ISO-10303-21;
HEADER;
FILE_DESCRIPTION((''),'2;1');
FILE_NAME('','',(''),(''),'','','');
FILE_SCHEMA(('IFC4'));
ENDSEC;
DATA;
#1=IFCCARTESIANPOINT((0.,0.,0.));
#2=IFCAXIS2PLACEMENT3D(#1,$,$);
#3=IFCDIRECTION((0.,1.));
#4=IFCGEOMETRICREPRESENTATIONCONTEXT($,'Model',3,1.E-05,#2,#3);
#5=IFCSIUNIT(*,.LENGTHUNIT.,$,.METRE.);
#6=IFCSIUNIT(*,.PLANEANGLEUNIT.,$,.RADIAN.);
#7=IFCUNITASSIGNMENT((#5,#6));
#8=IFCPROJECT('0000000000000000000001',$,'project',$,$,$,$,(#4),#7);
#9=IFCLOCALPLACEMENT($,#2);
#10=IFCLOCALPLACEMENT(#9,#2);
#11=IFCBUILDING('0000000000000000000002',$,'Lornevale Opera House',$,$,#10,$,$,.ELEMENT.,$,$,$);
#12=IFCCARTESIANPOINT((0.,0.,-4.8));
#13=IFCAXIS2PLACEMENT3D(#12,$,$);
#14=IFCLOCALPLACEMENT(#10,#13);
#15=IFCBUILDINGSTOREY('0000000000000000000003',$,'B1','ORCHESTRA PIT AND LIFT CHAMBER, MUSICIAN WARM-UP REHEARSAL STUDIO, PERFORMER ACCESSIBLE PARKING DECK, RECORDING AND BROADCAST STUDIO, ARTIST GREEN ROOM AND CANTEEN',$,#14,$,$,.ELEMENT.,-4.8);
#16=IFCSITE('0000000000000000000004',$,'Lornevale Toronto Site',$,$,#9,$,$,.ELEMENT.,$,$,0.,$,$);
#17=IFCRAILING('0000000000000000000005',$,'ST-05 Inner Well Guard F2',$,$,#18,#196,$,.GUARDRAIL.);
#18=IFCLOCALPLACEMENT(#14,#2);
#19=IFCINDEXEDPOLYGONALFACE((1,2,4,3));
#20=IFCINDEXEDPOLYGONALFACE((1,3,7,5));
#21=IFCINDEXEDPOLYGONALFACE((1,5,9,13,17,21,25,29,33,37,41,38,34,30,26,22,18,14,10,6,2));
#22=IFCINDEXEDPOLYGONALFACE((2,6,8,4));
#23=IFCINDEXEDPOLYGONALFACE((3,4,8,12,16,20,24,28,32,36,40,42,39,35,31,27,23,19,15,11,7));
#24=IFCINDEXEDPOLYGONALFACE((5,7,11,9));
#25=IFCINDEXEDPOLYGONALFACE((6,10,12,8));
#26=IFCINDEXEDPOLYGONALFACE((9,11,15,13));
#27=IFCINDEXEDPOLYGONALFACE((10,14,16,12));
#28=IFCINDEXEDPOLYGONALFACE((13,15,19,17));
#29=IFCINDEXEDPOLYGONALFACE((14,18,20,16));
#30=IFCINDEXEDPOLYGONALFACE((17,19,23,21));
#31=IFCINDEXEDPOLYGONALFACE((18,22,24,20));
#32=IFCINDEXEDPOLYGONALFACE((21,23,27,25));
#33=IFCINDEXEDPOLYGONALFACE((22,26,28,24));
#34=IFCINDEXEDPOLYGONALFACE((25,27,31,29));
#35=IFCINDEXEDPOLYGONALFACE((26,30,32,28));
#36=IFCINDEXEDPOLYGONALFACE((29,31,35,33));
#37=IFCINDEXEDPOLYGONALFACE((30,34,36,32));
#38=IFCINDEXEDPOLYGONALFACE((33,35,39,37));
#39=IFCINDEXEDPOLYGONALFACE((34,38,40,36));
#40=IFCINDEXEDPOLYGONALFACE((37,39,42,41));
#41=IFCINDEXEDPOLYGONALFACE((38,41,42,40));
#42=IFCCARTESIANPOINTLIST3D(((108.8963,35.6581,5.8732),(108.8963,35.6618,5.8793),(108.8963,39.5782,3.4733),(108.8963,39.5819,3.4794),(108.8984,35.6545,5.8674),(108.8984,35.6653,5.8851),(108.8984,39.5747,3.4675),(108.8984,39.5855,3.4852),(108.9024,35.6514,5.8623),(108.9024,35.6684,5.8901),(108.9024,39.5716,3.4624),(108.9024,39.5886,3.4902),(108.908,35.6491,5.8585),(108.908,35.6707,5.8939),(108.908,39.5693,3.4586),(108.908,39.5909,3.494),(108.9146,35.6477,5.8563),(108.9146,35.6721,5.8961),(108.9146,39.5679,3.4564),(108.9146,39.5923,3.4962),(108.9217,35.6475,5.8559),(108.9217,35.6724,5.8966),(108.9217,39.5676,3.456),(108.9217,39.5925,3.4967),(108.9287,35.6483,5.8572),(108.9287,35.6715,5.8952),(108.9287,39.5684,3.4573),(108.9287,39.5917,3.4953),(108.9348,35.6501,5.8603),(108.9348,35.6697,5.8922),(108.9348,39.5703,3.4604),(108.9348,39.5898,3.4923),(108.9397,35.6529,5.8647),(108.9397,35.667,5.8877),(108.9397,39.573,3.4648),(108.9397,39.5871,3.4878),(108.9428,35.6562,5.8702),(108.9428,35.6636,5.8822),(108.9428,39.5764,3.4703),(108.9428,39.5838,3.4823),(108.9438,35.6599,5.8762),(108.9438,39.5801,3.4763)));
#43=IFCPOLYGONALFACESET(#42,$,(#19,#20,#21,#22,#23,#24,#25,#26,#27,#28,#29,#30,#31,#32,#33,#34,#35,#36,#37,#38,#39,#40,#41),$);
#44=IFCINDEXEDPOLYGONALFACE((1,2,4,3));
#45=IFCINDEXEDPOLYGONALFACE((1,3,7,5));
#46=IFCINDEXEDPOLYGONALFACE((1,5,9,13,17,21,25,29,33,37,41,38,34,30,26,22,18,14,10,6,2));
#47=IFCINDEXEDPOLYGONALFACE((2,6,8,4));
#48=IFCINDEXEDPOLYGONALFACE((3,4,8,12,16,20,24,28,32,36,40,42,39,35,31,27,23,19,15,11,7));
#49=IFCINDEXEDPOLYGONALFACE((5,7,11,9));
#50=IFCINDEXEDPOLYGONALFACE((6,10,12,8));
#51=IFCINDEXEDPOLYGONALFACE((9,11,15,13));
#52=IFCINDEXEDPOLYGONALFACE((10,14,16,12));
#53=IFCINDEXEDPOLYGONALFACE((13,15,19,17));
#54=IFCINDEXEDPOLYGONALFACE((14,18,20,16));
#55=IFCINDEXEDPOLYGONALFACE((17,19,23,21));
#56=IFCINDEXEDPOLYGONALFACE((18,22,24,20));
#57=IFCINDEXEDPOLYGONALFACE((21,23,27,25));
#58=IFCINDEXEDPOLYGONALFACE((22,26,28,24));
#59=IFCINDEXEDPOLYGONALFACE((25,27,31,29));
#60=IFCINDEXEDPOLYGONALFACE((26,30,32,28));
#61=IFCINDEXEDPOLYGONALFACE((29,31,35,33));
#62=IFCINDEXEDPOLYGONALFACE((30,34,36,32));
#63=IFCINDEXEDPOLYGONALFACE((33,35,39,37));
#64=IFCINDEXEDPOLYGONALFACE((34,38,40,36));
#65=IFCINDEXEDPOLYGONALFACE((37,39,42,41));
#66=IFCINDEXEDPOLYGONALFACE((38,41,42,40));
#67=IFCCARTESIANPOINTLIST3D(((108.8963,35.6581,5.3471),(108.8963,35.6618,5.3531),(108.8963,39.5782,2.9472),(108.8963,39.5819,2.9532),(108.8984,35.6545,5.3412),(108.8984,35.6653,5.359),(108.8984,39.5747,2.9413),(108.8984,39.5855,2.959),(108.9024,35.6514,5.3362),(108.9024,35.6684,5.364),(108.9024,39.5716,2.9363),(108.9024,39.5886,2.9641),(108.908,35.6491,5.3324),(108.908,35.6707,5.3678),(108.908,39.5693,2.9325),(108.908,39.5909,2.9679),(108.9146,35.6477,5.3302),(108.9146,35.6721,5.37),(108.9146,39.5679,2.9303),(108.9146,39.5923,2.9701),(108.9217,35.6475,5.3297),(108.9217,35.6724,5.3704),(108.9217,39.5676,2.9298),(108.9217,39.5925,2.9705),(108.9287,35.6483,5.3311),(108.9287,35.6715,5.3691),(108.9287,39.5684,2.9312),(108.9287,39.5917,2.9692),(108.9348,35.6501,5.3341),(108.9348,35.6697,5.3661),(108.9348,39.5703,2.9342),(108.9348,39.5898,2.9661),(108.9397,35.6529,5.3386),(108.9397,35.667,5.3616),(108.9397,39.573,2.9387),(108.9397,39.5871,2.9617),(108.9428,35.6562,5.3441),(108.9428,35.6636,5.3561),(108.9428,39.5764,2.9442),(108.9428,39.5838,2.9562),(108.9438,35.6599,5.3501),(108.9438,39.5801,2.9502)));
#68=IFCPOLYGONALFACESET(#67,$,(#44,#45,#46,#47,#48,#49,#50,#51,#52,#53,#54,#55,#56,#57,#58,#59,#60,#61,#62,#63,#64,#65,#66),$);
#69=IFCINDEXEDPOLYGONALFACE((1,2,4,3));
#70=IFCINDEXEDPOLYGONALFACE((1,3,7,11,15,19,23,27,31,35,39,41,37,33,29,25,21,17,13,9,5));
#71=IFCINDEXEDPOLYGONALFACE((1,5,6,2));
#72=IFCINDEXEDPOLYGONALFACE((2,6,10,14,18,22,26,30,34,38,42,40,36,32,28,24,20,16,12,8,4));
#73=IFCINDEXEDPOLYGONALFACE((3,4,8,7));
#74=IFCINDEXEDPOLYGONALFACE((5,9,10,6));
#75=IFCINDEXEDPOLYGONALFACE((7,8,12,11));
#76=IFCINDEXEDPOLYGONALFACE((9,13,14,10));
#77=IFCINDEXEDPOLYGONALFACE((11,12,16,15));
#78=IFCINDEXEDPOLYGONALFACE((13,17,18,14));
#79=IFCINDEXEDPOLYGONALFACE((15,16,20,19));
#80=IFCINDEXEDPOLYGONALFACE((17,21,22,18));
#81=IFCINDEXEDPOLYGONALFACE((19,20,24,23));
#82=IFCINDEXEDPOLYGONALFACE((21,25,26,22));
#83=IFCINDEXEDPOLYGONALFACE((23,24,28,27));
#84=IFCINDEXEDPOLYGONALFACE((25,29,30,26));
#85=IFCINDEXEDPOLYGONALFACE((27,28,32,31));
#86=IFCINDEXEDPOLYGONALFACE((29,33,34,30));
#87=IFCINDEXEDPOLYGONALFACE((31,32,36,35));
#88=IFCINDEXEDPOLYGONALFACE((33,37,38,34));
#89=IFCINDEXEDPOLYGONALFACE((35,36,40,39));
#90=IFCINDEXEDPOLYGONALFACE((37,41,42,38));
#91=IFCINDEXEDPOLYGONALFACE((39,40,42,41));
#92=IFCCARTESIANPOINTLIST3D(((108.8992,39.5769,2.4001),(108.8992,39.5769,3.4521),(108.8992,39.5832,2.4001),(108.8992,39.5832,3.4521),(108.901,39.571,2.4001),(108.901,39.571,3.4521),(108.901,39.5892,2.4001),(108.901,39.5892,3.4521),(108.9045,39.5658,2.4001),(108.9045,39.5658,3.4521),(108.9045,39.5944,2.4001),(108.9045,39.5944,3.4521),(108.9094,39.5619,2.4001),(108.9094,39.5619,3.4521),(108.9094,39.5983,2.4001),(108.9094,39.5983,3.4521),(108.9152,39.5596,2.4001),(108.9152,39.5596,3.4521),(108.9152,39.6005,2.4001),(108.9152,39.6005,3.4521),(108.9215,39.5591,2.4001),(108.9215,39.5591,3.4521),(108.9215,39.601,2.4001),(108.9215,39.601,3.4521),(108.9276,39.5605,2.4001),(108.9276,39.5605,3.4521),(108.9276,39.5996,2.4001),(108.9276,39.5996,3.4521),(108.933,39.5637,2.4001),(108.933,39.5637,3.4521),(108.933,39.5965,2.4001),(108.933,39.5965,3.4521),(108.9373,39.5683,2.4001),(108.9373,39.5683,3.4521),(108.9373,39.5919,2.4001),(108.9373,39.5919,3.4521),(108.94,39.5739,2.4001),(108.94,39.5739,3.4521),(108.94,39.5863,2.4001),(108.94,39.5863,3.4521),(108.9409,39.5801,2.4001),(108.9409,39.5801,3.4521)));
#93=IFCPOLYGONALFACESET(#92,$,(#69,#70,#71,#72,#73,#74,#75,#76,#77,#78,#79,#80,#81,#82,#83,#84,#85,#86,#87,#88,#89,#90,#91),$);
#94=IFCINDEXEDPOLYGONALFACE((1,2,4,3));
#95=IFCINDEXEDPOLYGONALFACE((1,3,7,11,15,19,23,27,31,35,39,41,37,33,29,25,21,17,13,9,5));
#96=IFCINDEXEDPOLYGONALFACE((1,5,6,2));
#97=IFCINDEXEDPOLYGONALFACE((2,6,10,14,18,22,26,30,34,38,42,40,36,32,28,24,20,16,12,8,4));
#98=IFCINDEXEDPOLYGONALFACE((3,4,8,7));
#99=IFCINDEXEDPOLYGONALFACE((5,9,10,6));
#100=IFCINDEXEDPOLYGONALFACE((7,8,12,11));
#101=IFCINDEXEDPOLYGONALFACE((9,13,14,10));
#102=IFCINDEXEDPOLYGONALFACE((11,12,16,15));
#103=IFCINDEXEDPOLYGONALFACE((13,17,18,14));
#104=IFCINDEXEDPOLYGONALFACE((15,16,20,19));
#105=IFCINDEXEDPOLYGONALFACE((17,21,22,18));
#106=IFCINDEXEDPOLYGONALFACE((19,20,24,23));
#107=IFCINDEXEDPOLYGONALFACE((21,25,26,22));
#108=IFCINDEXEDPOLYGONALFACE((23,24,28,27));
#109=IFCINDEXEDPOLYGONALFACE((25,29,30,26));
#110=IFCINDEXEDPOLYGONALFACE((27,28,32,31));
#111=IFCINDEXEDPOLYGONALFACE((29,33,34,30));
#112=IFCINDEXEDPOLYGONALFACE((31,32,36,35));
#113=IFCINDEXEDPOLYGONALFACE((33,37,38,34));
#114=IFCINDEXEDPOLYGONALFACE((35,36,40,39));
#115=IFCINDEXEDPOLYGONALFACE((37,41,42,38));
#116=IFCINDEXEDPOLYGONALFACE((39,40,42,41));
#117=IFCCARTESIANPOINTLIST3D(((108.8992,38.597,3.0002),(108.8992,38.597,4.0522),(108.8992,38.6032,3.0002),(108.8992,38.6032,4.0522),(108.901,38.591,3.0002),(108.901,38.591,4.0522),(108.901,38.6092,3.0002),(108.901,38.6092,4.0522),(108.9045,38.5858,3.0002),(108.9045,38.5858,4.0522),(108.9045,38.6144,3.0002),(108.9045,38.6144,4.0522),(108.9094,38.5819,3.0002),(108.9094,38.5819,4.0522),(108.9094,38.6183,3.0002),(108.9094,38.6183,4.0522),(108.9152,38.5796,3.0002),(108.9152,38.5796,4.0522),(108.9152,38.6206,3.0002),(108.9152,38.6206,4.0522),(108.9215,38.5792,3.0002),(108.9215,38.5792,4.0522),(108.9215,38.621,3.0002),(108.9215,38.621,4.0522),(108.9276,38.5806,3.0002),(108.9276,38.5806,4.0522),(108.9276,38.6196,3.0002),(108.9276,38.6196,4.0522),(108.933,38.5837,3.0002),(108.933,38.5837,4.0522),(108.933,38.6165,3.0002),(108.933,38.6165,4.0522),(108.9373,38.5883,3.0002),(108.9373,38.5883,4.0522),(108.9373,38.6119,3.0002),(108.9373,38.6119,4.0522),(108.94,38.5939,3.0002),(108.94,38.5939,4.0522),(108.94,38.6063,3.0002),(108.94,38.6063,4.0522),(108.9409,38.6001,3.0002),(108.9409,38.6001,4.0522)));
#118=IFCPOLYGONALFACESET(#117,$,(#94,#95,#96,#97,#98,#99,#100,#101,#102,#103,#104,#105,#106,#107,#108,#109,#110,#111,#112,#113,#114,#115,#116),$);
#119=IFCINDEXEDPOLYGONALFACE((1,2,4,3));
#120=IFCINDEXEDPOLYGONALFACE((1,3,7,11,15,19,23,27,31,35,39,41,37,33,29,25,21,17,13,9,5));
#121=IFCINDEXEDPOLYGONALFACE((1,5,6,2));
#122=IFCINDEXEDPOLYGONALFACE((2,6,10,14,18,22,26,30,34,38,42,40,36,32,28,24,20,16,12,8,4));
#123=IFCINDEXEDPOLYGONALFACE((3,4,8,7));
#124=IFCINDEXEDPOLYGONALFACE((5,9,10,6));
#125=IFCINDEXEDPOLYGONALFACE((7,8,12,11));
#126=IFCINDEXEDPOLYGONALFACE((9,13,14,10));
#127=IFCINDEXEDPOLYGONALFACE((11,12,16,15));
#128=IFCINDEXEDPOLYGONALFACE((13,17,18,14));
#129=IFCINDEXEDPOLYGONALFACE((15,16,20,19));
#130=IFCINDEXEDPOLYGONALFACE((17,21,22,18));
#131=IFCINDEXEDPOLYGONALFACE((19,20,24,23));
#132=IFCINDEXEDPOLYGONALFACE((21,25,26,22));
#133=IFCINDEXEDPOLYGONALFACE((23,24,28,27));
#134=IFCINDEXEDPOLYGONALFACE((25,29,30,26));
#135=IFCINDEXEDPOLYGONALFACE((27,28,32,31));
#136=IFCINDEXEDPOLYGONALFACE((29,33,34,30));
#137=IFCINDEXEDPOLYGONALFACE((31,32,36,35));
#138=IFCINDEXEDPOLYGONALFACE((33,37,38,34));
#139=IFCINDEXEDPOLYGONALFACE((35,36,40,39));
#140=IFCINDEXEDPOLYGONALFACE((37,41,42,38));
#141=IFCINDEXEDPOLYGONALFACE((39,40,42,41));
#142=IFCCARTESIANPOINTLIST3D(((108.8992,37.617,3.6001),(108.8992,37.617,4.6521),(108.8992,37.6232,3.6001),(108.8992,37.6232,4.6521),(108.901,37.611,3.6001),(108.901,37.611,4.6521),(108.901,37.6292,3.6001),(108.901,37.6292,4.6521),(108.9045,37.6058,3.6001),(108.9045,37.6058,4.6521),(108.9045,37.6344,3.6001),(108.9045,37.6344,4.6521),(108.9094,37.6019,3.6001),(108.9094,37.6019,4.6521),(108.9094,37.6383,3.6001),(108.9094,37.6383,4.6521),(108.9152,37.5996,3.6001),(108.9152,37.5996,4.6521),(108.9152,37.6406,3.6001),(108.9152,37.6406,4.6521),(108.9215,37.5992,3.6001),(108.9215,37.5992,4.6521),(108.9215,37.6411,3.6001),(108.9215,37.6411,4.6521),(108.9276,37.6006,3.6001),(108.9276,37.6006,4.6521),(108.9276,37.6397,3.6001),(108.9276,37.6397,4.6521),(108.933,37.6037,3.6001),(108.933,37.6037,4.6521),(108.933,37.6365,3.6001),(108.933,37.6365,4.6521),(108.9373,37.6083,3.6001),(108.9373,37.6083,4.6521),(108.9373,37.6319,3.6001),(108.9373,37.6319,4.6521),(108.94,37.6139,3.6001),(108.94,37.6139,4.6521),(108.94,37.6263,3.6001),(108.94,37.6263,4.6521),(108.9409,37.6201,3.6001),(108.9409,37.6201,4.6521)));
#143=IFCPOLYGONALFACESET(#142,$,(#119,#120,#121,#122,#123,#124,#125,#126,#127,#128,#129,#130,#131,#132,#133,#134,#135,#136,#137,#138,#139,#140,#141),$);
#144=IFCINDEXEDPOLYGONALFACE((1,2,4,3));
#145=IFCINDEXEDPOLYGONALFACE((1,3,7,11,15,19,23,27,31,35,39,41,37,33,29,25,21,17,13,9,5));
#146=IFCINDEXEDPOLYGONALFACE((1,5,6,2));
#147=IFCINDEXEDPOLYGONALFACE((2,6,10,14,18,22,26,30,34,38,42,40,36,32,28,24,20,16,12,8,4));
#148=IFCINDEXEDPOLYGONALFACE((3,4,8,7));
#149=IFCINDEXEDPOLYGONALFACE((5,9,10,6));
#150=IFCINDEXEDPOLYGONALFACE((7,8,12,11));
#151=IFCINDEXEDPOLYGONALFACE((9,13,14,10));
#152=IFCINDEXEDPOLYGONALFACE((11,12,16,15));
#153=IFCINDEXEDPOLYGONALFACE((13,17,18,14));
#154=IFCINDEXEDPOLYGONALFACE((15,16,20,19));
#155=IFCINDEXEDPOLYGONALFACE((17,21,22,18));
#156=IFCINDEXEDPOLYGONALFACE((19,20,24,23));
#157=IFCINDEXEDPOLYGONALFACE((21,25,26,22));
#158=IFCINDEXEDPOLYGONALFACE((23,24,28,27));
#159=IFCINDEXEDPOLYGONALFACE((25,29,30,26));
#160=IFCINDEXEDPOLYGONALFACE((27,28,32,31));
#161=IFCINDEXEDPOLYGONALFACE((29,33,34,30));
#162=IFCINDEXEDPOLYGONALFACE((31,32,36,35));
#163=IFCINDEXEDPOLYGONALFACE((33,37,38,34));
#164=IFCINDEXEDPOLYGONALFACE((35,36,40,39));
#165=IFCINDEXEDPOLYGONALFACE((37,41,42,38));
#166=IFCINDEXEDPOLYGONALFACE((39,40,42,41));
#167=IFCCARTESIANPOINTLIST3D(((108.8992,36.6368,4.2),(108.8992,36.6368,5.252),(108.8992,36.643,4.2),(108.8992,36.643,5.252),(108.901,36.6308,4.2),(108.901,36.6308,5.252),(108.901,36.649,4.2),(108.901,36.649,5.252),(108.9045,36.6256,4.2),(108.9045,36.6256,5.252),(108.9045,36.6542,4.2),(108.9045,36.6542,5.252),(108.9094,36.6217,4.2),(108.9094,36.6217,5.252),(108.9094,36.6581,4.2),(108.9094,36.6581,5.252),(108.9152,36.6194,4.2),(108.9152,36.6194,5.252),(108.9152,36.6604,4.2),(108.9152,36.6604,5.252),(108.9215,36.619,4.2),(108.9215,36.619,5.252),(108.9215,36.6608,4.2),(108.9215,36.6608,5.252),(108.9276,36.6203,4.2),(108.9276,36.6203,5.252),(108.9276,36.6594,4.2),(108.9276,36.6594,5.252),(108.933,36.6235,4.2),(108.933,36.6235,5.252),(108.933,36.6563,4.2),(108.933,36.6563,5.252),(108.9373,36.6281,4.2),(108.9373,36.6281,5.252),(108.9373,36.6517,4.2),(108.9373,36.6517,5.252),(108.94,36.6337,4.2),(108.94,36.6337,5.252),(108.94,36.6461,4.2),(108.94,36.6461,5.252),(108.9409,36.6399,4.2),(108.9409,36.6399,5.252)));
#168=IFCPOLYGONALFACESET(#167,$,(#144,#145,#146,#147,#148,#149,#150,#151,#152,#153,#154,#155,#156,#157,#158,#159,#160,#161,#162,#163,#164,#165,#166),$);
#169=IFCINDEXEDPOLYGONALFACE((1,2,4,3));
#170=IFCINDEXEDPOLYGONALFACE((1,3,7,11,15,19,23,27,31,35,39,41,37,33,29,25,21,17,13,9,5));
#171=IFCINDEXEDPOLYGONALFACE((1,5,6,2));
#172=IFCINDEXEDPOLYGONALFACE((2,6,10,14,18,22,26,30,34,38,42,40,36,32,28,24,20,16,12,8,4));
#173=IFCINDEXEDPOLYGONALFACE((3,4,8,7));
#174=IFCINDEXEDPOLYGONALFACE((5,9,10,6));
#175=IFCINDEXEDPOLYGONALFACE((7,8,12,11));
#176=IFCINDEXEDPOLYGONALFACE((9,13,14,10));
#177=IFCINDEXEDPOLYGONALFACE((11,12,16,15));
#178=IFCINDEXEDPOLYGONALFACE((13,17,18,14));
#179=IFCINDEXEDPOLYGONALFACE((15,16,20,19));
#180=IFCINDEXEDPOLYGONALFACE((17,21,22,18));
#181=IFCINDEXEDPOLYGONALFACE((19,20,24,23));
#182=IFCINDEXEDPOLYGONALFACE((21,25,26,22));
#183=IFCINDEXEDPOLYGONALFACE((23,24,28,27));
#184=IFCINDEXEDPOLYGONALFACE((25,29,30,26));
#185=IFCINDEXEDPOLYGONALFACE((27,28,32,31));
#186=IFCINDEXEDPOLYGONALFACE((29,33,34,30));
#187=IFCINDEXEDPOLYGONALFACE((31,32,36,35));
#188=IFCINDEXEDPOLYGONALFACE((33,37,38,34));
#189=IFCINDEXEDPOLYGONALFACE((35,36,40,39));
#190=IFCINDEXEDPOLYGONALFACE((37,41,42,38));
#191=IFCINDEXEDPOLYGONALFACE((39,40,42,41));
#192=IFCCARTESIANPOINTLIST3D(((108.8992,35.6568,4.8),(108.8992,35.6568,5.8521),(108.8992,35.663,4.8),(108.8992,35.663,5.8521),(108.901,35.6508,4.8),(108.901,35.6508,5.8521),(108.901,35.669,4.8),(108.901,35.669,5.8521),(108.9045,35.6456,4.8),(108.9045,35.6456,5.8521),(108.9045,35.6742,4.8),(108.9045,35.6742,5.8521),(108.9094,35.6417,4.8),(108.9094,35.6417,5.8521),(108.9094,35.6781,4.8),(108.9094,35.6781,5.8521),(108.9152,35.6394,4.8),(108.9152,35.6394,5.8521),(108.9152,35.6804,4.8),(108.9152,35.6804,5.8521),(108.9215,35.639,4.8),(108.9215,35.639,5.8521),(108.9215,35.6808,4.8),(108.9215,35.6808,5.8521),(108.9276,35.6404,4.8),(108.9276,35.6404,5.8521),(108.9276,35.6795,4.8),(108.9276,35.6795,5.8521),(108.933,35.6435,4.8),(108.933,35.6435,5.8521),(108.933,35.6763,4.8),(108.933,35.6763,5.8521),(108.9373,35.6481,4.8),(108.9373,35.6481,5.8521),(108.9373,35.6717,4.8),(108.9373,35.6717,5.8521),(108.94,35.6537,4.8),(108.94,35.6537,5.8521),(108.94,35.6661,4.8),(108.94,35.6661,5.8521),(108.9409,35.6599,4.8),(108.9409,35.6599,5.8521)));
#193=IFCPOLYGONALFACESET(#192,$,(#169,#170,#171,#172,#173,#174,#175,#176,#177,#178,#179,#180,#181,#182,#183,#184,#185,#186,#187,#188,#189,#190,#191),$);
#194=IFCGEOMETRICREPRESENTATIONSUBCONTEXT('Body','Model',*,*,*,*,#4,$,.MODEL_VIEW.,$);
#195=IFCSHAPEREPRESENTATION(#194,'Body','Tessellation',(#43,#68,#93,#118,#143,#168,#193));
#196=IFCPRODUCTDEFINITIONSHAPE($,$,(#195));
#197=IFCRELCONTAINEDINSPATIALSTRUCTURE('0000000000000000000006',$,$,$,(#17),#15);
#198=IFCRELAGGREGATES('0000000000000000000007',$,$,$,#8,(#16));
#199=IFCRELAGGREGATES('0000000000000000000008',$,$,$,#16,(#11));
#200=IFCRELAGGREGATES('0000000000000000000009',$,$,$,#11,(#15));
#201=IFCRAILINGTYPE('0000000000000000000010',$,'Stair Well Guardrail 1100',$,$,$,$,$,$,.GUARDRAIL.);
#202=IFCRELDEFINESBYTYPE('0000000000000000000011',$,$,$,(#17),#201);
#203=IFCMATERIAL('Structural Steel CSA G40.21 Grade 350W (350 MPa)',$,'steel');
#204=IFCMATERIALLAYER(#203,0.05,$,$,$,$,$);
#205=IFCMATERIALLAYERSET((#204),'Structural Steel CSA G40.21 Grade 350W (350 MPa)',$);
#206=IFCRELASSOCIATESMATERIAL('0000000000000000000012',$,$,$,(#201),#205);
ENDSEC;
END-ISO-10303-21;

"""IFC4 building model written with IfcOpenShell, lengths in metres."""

from ifc_helpers import new_model, si_unit, direction, frame, origin, origin_2d, place, context, subcontext, project, spatial, circle, extrude, material, layer, layer_set, type_object, element, save


model = new_model("IFC4")

# Units and contexts
model_context = context("Model", 3, precision=1e-05, world=origin(), true_north=direction((0.0, 1.0)))
body_context = subcontext(model_context, "Body", "Model", "MODEL_VIEW")
ifc_project = project(units=[si_unit("LENGTHUNIT", "METRE"), si_unit("PLANEANGLEUNIT", "RADIAN")], contexts=[model_context])

# Site, building, storey
site_placement = place(None, origin())
site = spatial("IfcSite", under=ifc_project, at=site_placement, Name="Lornevale Toronto Site", CompositionType="ELEMENT", RefElevation=0.0)
building_placement = place(site_placement, origin())
building = spatial("IfcBuilding", under=site, at=building_placement, Name="Lornevale Opera House", CompositionType="ELEMENT")
storey_placement = place(building_placement, frame((0.0, 0.0, -4.8)))
storey = spatial("IfcBuildingStorey", under=building, at=storey_placement, Name="B1", Description="ORCHESTRA PIT AND LIFT CHAMBER, MUSICIAN WARM-UP REHEARSAL STUDIO, PERFORMER ACCESSIBLE PARKING DECK, RECORDING AND BROADCAST STUDIO, ARTIST GREEN ROOM AND CANTEEN", CompositionType="ELEMENT", Elevation=-4.8)

# Railing
ifc_material_1 = material(Name="Structural Steel CSA G40.21 Grade 350W (350 MPa)", Category="steel")
ifc_layer_1 = layer(ifc_material_1, 0.05)
ifc_layer_set_1 = layer_set([ifc_layer_1], Name="Structural Steel CSA G40.21 Grade 350W (350 MPa)")
railing_type_1 = type_object("IfcRailingType", Name="Stair Well Guardrail 1100", PredefinedType="GUARDRAIL", material=ifc_layer_set_1)
railing_1_placement = place(storey_placement, frame((108.9199, 39.5801, 2.4001)))
element("IfcRailing", 1, at=railing_1_placement, inside=storey, type_object=railing_type_1, Name="ST-05 Inner Well Guard F2", PredefinedType="GUARDRAIL", context=body_context, shape_type="SweptSolid", body=[
    extrude(circle(Radius=0.0239, at=origin_2d()), frame((0.0, 0.0, 1.0762), z_axis=(0.0, -0.852871, 0.522122), x_axis=(1.0, 0.0, 0.0)), (0.0, 0.0, 1.0), 4.5964),
    extrude(circle(Radius=0.0239, at=origin_2d()), frame((0.0, 0.0, 0.55), z_axis=(0.0, -0.852871, 0.522122), x_axis=(1.0, 0.0, 0.0)), (0.0, 0.0, 1.0), 4.5964),
    extrude(circle(Radius=0.021, at=origin_2d()), origin(), (0.0, 0.0, 1.0), 1.052),
    extrude(circle(Radius=0.021, at=origin_2d()), frame((0.0, -0.98, 0.6001)), (0.0, 0.0, 1.0), 1.052),
    extrude(circle(Radius=0.021, at=origin_2d()), frame((0.0, -1.96, 1.2)), (0.0, 0.0, 1.0), 1.052),
    extrude(circle(Radius=0.021, at=origin_2d()), frame((0.0, -2.9402, 1.7998)), (0.0, 0.0, 1.0), 1.052),
    extrude(circle(Radius=0.021, at=origin_2d()), frame((0.0, -3.9202, 2.3999)), (0.0, 0.0, 1.0), 1.052),
])

save(model, "model.ifc")
